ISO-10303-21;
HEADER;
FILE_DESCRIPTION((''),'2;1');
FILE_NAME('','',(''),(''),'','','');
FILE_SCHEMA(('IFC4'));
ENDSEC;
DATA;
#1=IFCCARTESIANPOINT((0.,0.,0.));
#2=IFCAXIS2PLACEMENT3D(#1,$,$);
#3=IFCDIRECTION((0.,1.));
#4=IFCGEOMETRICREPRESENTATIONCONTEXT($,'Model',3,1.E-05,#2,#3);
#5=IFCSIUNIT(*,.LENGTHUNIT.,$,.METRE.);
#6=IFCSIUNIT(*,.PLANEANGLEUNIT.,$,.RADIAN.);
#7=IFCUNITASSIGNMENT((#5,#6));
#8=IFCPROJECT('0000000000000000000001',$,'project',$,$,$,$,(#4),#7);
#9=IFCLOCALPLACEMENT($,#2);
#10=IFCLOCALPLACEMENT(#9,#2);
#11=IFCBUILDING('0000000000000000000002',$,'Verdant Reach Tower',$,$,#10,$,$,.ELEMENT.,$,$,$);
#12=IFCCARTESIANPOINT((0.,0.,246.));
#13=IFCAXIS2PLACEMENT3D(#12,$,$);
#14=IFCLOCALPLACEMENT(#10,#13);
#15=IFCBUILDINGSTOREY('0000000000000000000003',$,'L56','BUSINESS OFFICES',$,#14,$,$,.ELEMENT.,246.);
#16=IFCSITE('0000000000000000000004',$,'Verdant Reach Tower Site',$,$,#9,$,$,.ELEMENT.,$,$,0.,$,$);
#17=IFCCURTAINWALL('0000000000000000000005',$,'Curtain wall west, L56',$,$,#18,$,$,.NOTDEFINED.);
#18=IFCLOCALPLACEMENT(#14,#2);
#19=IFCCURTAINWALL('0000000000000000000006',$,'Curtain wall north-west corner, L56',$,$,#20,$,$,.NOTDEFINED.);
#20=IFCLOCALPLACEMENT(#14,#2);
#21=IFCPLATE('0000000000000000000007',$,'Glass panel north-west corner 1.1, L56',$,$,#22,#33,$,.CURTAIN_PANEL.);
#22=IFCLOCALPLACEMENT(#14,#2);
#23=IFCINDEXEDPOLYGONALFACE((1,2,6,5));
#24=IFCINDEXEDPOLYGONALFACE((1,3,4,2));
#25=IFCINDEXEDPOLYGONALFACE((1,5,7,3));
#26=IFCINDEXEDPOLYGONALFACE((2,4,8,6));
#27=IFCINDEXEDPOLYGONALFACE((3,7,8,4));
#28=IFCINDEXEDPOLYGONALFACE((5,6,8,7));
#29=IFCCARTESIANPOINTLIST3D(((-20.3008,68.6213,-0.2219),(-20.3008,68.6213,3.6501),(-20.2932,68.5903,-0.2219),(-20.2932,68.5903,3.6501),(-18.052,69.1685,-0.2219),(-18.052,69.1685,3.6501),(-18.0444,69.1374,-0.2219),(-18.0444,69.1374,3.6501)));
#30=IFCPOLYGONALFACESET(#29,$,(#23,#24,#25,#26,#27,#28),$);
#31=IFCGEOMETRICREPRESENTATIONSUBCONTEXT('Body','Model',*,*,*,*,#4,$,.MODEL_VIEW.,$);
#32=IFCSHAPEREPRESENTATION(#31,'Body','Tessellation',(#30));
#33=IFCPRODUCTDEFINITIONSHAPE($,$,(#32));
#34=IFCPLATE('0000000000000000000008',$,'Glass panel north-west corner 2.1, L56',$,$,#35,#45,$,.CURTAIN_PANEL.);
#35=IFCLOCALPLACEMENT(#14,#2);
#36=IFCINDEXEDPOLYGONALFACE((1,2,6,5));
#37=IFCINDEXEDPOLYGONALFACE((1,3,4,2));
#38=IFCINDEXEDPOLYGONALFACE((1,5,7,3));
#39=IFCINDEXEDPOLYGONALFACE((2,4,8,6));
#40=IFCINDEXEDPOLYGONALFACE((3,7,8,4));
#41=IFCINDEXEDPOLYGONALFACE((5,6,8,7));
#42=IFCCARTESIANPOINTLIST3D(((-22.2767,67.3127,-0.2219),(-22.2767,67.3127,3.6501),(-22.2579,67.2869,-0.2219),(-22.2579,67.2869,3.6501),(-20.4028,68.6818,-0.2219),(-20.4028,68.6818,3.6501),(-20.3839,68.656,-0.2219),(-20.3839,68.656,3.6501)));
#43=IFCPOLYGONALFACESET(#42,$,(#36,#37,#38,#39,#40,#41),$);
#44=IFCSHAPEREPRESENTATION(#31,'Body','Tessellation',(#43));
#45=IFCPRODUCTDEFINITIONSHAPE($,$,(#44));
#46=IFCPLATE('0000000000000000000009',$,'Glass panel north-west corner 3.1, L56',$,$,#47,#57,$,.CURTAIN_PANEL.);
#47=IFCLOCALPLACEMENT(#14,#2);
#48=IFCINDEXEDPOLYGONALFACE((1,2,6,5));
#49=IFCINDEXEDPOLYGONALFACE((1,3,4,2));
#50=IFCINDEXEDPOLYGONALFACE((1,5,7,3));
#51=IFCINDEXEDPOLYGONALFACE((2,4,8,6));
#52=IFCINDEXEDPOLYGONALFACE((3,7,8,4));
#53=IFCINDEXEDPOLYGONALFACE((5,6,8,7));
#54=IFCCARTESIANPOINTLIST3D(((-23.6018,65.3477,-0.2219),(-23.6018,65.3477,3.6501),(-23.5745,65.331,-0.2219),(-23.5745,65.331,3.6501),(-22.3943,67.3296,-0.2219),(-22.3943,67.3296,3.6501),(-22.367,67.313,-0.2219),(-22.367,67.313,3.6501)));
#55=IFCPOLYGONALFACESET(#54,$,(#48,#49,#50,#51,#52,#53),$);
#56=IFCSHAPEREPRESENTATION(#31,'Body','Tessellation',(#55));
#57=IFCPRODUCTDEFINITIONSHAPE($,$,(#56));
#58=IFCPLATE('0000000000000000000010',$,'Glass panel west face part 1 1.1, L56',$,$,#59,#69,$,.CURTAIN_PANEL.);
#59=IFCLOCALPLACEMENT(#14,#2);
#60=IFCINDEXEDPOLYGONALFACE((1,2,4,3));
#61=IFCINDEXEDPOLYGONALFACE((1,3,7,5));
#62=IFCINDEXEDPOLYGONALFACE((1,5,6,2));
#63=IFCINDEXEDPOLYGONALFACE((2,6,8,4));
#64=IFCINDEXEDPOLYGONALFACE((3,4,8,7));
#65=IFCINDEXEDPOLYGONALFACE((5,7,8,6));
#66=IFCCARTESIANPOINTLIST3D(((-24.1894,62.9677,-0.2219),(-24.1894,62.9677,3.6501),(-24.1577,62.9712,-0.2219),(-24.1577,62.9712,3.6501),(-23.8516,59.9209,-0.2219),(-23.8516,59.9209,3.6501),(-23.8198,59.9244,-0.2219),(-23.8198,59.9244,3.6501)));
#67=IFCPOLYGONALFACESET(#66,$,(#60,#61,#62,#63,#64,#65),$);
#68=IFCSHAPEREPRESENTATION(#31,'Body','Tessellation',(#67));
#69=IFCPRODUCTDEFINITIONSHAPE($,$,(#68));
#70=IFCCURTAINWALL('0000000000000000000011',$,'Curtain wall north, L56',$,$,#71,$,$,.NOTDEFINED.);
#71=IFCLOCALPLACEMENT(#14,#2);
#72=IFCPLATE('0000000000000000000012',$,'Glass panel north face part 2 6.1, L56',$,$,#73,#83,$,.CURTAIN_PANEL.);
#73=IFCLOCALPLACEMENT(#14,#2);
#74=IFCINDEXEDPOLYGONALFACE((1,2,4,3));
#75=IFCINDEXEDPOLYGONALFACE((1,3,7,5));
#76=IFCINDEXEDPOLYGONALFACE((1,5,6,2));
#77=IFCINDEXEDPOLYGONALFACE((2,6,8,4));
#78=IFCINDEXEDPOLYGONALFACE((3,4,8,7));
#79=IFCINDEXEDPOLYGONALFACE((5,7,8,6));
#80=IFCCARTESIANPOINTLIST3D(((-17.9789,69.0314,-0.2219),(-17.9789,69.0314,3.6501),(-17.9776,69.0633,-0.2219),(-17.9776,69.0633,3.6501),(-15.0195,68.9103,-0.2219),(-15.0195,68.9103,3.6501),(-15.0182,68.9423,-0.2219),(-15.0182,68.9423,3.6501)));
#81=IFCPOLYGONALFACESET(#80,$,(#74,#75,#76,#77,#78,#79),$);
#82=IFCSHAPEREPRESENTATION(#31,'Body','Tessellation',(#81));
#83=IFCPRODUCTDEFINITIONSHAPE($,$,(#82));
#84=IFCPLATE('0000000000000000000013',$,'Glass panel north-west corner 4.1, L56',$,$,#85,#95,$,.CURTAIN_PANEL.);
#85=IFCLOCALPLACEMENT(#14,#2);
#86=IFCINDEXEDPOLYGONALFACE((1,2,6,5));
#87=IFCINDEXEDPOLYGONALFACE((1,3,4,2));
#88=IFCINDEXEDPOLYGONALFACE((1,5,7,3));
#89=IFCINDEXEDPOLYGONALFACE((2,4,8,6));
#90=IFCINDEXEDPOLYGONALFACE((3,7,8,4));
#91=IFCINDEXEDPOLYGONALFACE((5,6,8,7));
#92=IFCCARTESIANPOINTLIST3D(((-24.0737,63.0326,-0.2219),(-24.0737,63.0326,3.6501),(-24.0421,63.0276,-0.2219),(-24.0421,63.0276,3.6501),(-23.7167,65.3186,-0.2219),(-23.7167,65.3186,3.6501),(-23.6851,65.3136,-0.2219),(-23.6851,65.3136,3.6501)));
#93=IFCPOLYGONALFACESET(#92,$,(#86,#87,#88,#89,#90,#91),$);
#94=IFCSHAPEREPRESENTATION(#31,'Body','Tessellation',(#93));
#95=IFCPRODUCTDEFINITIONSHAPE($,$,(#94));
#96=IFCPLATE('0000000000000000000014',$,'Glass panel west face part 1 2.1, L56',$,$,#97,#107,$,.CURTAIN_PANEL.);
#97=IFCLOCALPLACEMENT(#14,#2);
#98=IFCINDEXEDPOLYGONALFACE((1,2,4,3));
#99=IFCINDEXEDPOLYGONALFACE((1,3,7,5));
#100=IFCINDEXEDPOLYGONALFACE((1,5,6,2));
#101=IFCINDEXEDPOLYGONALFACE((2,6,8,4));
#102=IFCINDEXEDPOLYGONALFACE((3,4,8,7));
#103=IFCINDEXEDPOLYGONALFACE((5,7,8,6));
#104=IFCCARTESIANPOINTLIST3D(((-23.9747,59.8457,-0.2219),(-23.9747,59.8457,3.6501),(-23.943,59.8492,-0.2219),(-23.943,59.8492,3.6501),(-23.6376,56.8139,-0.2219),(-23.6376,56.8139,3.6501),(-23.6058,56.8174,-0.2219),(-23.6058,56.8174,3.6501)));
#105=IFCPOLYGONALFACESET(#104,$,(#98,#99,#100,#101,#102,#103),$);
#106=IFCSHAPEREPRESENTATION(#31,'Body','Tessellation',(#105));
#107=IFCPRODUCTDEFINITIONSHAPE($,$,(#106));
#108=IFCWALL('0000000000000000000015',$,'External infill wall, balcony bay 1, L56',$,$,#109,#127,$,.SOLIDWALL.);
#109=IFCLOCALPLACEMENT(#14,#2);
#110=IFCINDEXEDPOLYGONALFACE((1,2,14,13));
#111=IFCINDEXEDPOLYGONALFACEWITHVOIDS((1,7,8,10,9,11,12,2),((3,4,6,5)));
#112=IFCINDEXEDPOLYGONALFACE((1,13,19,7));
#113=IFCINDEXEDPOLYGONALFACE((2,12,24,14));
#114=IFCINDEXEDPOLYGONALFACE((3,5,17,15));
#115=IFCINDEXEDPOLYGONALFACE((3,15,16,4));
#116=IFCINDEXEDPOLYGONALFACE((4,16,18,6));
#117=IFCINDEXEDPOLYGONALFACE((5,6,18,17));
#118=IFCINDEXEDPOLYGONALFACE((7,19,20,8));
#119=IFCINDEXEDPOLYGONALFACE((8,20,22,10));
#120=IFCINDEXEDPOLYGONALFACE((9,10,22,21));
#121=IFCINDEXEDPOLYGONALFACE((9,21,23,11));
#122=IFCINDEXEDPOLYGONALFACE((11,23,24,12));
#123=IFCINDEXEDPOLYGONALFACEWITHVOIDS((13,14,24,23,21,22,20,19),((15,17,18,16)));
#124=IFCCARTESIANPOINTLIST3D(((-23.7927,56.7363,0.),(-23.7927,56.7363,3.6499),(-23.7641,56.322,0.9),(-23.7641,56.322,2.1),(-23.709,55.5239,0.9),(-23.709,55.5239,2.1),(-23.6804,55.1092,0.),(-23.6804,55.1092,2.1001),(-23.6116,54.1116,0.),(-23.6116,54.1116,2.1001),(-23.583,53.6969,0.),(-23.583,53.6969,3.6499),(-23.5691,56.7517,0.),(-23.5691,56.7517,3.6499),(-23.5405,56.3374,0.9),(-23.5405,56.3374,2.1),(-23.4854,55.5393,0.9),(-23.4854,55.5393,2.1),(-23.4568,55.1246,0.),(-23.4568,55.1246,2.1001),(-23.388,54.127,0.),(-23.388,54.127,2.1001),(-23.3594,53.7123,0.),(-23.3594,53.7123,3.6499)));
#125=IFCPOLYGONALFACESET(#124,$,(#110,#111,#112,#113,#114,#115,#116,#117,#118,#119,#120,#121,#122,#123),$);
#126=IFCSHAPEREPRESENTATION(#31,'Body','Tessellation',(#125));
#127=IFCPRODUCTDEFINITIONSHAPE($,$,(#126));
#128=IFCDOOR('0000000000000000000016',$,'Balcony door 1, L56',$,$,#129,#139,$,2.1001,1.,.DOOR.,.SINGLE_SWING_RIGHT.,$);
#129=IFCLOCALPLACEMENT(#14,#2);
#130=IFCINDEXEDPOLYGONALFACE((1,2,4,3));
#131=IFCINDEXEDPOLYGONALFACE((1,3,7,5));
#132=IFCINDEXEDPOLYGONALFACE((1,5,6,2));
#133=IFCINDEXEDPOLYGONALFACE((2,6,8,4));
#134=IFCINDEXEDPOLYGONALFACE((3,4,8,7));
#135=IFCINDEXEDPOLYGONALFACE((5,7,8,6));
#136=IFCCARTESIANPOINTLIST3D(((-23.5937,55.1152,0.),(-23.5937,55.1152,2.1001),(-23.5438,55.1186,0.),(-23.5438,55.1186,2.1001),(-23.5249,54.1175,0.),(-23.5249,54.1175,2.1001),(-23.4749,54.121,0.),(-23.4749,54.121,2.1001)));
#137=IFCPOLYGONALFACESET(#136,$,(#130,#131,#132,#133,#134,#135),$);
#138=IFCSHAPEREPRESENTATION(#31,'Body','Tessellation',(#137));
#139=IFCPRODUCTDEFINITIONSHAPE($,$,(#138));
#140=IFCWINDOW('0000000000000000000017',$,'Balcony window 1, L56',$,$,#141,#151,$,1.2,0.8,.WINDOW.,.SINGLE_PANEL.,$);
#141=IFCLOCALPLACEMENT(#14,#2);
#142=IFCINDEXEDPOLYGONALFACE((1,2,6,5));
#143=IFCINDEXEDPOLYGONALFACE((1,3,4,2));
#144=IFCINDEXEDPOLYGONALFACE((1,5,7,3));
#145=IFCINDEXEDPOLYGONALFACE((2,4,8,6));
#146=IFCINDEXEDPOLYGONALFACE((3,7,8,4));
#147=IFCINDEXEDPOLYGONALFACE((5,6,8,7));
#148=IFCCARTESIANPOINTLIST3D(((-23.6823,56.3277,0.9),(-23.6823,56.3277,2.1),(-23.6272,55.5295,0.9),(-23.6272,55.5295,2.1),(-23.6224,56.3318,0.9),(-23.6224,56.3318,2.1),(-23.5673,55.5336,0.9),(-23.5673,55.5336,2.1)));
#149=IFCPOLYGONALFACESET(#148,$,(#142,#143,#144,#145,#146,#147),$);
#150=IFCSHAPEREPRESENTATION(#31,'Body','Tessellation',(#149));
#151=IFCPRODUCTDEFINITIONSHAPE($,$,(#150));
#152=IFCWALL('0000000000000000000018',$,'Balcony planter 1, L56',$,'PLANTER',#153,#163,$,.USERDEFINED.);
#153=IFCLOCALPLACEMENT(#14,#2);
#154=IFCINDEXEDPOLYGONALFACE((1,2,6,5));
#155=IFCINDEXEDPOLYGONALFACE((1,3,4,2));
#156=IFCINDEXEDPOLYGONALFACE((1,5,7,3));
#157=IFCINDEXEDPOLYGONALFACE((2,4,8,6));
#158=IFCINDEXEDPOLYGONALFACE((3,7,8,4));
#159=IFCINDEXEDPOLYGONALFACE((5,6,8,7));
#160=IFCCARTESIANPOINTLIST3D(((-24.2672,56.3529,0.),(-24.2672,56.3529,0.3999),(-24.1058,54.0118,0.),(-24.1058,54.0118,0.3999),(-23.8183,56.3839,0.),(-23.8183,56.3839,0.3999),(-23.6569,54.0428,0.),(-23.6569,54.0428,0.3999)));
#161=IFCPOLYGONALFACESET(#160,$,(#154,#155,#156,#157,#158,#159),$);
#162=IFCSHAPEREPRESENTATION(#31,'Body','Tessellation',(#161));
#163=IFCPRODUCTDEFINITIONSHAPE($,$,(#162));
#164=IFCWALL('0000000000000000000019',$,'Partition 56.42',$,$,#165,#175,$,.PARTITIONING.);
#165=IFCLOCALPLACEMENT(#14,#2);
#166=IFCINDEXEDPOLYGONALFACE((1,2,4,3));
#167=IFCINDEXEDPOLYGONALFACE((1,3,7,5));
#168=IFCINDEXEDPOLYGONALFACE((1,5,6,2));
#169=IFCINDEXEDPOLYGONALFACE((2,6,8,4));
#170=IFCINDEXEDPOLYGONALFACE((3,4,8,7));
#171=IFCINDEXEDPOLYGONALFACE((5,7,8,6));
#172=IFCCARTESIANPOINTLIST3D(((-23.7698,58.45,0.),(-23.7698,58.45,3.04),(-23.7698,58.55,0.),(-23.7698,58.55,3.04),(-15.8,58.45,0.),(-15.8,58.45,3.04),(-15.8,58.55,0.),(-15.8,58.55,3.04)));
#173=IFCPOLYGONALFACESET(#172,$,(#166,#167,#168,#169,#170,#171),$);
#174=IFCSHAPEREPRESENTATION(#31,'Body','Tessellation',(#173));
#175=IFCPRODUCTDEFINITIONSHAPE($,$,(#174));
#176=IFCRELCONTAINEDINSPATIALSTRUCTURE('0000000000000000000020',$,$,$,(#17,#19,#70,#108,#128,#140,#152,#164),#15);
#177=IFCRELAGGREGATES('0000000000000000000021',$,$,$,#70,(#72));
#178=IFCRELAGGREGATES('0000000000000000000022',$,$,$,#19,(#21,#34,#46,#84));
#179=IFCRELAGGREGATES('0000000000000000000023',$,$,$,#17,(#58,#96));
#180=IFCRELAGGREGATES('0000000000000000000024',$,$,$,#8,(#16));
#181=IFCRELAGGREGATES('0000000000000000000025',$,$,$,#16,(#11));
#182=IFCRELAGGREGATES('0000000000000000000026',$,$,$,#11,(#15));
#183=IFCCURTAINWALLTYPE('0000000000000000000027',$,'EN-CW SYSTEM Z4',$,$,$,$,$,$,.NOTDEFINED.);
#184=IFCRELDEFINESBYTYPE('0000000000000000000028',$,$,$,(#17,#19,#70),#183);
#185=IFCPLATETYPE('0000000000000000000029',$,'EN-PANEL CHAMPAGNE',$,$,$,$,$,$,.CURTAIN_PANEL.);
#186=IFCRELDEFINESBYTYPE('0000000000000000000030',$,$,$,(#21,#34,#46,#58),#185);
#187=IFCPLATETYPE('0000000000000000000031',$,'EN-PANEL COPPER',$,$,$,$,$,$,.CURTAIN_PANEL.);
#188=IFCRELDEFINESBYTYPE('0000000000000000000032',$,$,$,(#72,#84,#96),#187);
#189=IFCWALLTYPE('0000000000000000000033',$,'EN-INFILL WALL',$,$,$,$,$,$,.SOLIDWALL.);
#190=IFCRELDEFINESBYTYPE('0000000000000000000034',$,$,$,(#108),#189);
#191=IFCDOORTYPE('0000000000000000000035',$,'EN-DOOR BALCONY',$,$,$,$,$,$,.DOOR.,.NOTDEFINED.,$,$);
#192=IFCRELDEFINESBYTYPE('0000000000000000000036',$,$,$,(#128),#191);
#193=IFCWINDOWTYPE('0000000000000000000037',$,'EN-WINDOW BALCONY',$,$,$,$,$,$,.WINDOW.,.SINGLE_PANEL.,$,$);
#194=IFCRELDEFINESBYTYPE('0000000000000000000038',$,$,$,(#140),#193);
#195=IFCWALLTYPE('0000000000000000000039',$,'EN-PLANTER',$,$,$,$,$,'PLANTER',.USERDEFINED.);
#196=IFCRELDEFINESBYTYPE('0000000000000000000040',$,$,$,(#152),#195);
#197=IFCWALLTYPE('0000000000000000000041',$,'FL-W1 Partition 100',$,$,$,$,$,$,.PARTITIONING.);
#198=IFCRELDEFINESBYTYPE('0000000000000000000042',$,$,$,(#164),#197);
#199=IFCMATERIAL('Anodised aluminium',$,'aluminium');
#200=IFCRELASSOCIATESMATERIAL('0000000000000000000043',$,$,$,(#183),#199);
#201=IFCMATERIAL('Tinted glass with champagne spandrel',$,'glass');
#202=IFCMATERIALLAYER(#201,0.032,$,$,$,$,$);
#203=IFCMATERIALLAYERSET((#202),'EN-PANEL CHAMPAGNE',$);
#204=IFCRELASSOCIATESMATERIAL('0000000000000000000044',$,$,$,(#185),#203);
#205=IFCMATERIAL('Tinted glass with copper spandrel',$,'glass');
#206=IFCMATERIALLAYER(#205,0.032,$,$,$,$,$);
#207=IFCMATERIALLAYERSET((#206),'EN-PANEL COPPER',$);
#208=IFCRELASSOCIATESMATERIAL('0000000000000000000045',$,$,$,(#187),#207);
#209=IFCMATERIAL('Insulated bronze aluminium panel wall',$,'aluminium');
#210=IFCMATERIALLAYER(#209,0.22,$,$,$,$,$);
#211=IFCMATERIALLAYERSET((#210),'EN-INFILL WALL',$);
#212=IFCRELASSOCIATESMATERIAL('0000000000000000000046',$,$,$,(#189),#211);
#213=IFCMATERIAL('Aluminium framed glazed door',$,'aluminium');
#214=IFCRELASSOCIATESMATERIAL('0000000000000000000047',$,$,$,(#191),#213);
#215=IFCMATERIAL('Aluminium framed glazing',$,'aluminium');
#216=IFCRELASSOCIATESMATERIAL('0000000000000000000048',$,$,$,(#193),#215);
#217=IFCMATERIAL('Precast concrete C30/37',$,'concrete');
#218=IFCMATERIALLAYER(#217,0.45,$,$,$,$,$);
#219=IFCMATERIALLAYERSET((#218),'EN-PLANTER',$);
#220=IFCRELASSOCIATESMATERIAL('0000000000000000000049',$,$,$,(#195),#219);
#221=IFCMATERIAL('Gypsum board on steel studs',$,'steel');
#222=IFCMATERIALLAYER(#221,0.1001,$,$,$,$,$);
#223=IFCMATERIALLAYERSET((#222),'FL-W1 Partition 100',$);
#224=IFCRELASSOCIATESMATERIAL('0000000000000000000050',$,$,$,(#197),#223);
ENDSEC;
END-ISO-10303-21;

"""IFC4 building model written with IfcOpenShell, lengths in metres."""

from ifc_helpers import new_model, si_unit, direction, frame, frame_2d, origin, origin_2d, place, context, subcontext, project, spatial, rectangle, extrude, material, layer, layer_set, type_object, element, fill, aggregate, save


model = new_model("IFC4")

# Units and contexts
model_context = context("Model", 3, precision=1e-05, world=origin(), true_north=direction((0.0, 1.0)))
body_context = subcontext(model_context, "Body", "Model", "MODEL_VIEW")
ifc_project = project(units=[si_unit("LENGTHUNIT", "METRE"), si_unit("PLANEANGLEUNIT", "RADIAN")], contexts=[model_context])

# Site, building, storey
site_placement = place(None, origin())
site = spatial("IfcSite", under=ifc_project, at=site_placement, Name="Verdant Reach Tower Site", CompositionType="ELEMENT", RefElevation=0.0)
building_placement = place(site_placement, origin())
building = spatial("IfcBuilding", under=site, at=building_placement, Name="Verdant Reach Tower", CompositionType="ELEMENT")
storey_placement = place(building_placement, frame((0.0, 0.0, 246.0)))
storey = spatial("IfcBuildingStorey", under=building, at=storey_placement, Name="L56", Description="BUSINESS OFFICES", CompositionType="ELEMENT", Elevation=246.0)

# Curtain wall
ifc_material_1 = material(Name="Anodised aluminium", Category="aluminium")
curtain_wall_type = type_object("IfcCurtainWallType", Name="EN-CW SYSTEM Z4", PredefinedType="NOTDEFINED", material=ifc_material_1)
curtain_wall_1_placement = place(storey_placement, origin())
curtain_wall_1 = element("IfcCurtainWall", 1, at=curtain_wall_1_placement, inside=storey, type_object=curtain_wall_type, Name="Curtain wall west, L56", PredefinedType="NOTDEFINED")

# Curtain wall, plates
curtain_wall_2_placement = place(storey_placement, origin())
curtain_wall_2 = element("IfcCurtainWall", 2, at=curtain_wall_2_placement, inside=storey, type_object=curtain_wall_type, Name="Curtain wall north-west corner, L56", PredefinedType="NOTDEFINED")
ifc_material_2 = material(Name="Tinted glass with champagne spandrel", Category="glass")
ifc_layer_1 = layer(ifc_material_2, 0.032)
ifc_layer_set_1 = layer_set([ifc_layer_1], Name="EN-PANEL CHAMPAGNE")
plate_type_1 = type_object("IfcPlateType", Name="EN-PANEL CHAMPAGNE", PredefinedType="CURTAIN_PANEL", material=ifc_layer_set_1)
plate_1_placement = place(storey_placement, frame((-19.1726, 68.8794, -0.2219), z_axis=(0.0, 0.0, 1.0), x_axis=(-0.971652, -0.236414, 0.0)))
plate_1 = element("IfcPlate", 3, at=plate_1_placement, type_object=plate_type_1, Name="Glass panel north-west corner 1.1, L56", PredefinedType="CURTAIN_PANEL", context=body_context, shape_type="SweptSolid", body=[
    extrude(rectangle(XDim=2.3145, YDim=0.032, at=origin_2d()), origin(), (0.0, 0.0, 1.0), 3.8721),
])
plate_2_placement = place(storey_placement, frame((-21.3303, 67.9844, -0.2219), z_axis=(0.0, 0.0, 1.0), x_axis=(-0.807457, -0.589927, 0.0)))
plate_2 = element("IfcPlate", 4, at=plate_2_placement, type_object=plate_type_1, Name="Glass panel north-west corner 2.1, L56", PredefinedType="CURTAIN_PANEL", context=body_context, shape_type="SweptSolid", body=[
    extrude(rectangle(XDim=2.3208, YDim=0.032, at=origin_2d()), origin(), (0.0, 0.0, 1.0), 3.8721),
])
plate_3_placement = place(storey_placement, frame((-22.9844, 66.3303, -0.2219), z_axis=(0.0, 0.0, 1.0), x_axis=(-0.520292, -0.853989, 0.0)))
plate_3 = element("IfcPlate", 5, at=plate_3_placement, type_object=plate_type_1, Name="Glass panel north-west corner 3.1, L56", PredefinedType="CURTAIN_PANEL", context=body_context, shape_type="SweptSolid", body=[
    extrude(rectangle(XDim=2.3208, YDim=0.032, at=origin_2d()), origin(), (0.0, 0.0, 1.0), 3.8721),
])

# Plate
plate_4_placement = place(storey_placement, frame((-24.0046, 61.446, -0.2219), z_axis=(0.0, 0.0, 1.0), x_axis=(0.110206, -0.993909, 0.0)))
plate_4 = element("IfcPlate", 6, at=plate_4_placement, type_object=plate_type_1, Name="Glass panel west face part 1 1.1, L56", PredefinedType="CURTAIN_PANEL", context=body_context, shape_type="SweptSolid", body=[
    extrude(rectangle(XDim=3.0654, YDim=0.032, at=origin_2d()), origin(), (0.0, 0.0, 1.0), 3.8721),
])

# Curtain wall, plate
curtain_wall_3_placement = place(storey_placement, origin())
curtain_wall_3 = element("IfcCurtainWall", 7, at=curtain_wall_3_placement, inside=storey, type_object=curtain_wall_type, Name="Curtain wall north, L56", PredefinedType="NOTDEFINED")
ifc_material_3 = material(Name="Tinted glass with copper spandrel", Category="glass")
ifc_layer_2 = layer(ifc_material_3, 0.032)
ifc_layer_set_2 = layer_set([ifc_layer_2], Name="EN-PANEL COPPER")
plate_type_2 = type_object("IfcPlateType", Name="EN-PANEL COPPER", PredefinedType="CURTAIN_PANEL", material=ifc_layer_set_2)
plate_5_placement = place(storey_placement, frame((-16.4985, 68.9868, -0.2219), z_axis=(0.0, 0.0, 1.0), x_axis=(-0.999164, 0.040881, 0.0)))
plate_5 = element("IfcPlate", 8, at=plate_5_placement, type_object=plate_type_2, Name="Glass panel north face part 2 6.1, L56", PredefinedType="CURTAIN_PANEL", context=body_context, shape_type="SweptSolid", body=[
    extrude(rectangle(XDim=2.9619, YDim=0.032, at=origin_2d()), origin(), (0.0, 0.0, 1.0), 3.8721),
])
aggregate(curtain_wall_3, [plate_5])

# Plates
plate_6_placement = place(storey_placement, frame((-23.8794, 64.1731, -0.2219), z_axis=(0.0, 0.0, 1.0), x_axis=(-0.154325, -0.98802, 0.0)))
plate_6 = element("IfcPlate", 9, at=plate_6_placement, type_object=plate_type_2, Name="Glass panel north-west corner 4.1, L56", PredefinedType="CURTAIN_PANEL", context=body_context, shape_type="SweptSolid", body=[
    extrude(rectangle(XDim=2.3137, YDim=0.032, at=origin_2d()), origin(), (0.0, 0.0, 1.0), 3.8721),
])
aggregate(curtain_wall_2, [plate_1, plate_2, plate_3, plate_6])
plate_7_placement = place(storey_placement, frame((-23.7903, 58.3315, -0.2219), z_axis=(0.0, 0.0, 1.0), x_axis=(0.110518, -0.993874, 0.0)))
plate_7 = element("IfcPlate", 10, at=plate_7_placement, type_object=plate_type_2, Name="Glass panel west face part 1 2.1, L56", PredefinedType="CURTAIN_PANEL", context=body_context, shape_type="SweptSolid", body=[
    extrude(rectangle(XDim=3.0505, YDim=0.032, at=origin_2d()), origin(), (0.0, 0.0, 1.0), 3.8721),
])
aggregate(curtain_wall_1, [plate_4, plate_7])

# Wall, openings, door, window
ifc_material_4 = material(Name="Insulated bronze aluminium panel wall", Category="aluminium")
ifc_layer_3 = layer(ifc_material_4, 0.22)
ifc_layer_set_3 = layer_set([ifc_layer_3], Name="EN-INFILL WALL")
wall_type_1 = type_object("IfcWallType", Name="EN-INFILL WALL", PredefinedType="SOLIDWALL", material=ifc_layer_set_3)
wall_1_placement = place(storey_placement, frame((-23.6809, 56.7441, 0.0), z_axis=(0.0, 0.0, 1.0), x_axis=(0.068838, -0.997628, 0.0)))
wall_1 = element("IfcWall", 11, at=wall_1_placement, inside=storey, type_object=wall_type_1, Name="External infill wall, balcony bay 1, L56", PredefinedType="SOLIDWALL", context=body_context, shape_type="SweptSolid", body=[
    extrude(rectangle(XDim=3.0466, YDim=0.2241, at=frame_2d((1.5234, 0.0))), origin(), (0.0, 0.0, 1.0), 3.6499),
])
opening_1_placement = place(wall_1_placement, frame((1.6311, 0.0, 0.0)))
opening_1 = element("IfcOpeningElement", 12, at=opening_1_placement, cuts=wall_1, PredefinedType="OPENING", context=body_context, shape_type="SweptSolid", body=[
    extrude(rectangle(XDim=1.0, YDim=2.1001, at=frame_2d((0.5, 1.05))), frame((0.0, 0.1221, 0.0), z_axis=(0.0, -1.0, 0.0), x_axis=(1.0, 0.0, 0.0)), (0.0, 0.0, 1.0), 0.2441),
])
opening_2_placement = place(wall_1_placement, frame((0.4155, 0.0, 0.8999)))
opening_2 = element("IfcOpeningElement", 13, at=opening_2_placement, cuts=wall_1, PredefinedType="OPENING", context=body_context, shape_type="SweptSolid", body=[
    extrude(rectangle(XDim=0.8, YDim=1.2, at=frame_2d((0.3999, 0.6001))), frame((0.0, 0.1221, 0.0), z_axis=(0.0, -1.0, 0.0), x_axis=(1.0, 0.0, 0.0)), (0.0, 0.0, 1.0), 0.2441),
])
ifc_material_5 = material(Name="Aluminium framed glazed door", Category="aluminium")
door_type_1 = type_object("IfcDoorType", Name="EN-DOOR BALCONY", OperationType="NOTDEFINED", PredefinedType="DOOR", material=ifc_material_5)
door_1_placement = place(opening_1_placement, origin())
door_1 = element("IfcDoor", 14, at=door_1_placement, inside=storey, type_object=door_type_1, Name="Balcony door 1, L56", OperationType="SINGLE_SWING_RIGHT", OverallHeight=2.1001, OverallWidth=1.0, PredefinedType="DOOR", context=body_context, shape_type="SweptSolid", body=[
    extrude(rectangle(XDim=1.0, YDim=2.1001, at=frame_2d((0.5, 1.05))), frame((0.0, 0.0249, 0.0), z_axis=(0.0, -1.0, 0.0), x_axis=(1.0, 0.0, 0.0)), (0.0, 0.0, 1.0), 0.05),
])
fill(opening_1, door_1)
ifc_material_6 = material(Name="Aluminium framed glazing", Category="aluminium")
window_type = type_object("IfcWindowType", Name="EN-WINDOW BALCONY", PartitioningType="SINGLE_PANEL", PredefinedType="WINDOW", material=ifc_material_6)
window_placement = place(opening_2_placement, origin())
window = element("IfcWindow", 15, at=window_placement, inside=storey, type_object=window_type, Name="Balcony window 1, L56", OverallHeight=1.2, OverallWidth=0.8, PartitioningType="SINGLE_PANEL", PredefinedType="WINDOW", context=body_context, shape_type="SweptSolid", body=[
    extrude(rectangle(XDim=0.8, YDim=1.2, at=frame_2d((0.3999, 0.6001))), frame((0.0, 0.03, 0.0), z_axis=(0.0, -1.0, 0.0), x_axis=(1.0, 0.0, 0.0)), (0.0, 0.0, 1.0), 0.0601),
])
fill(opening_2, window)

# Walls
ifc_material_7 = material(Name="Precast concrete C30/37", Category="concrete")
ifc_layer_4 = layer(ifc_material_7, 0.45)
ifc_layer_set_4 = layer_set([ifc_layer_4], Name="EN-PLANTER")
wall_type_2 = type_object("IfcWallType", Name="EN-PLANTER", ElementType="PLANTER", PredefinedType="USERDEFINED", material=ifc_layer_set_4)
wall_2_placement = place(storey_placement, frame((-24.0427, 56.3684, 0.0), z_axis=(0.0, 0.0, 1.0), x_axis=(0.06877, -0.997633, 0.0)))
element("IfcWall", 16, at=wall_2_placement, inside=storey, type_object=wall_type_2, Name="Balcony planter 1, L56", ObjectType="PLANTER", PredefinedType="USERDEFINED", context=body_context, shape_type="SweptSolid", body=[
    extrude(rectangle(XDim=2.3467, YDim=0.45, at=frame_2d((1.1733, 0.0))), origin(), (0.0, 0.0, 1.0), 0.3999),
])
ifc_material_8 = material(Name="Gypsum board on steel studs", Category="steel")
ifc_layer_5 = layer(ifc_material_8, 0.1001)
ifc_layer_set_5 = layer_set([ifc_layer_5], Name="FL-W1 Partition 100")
wall_type_3 = type_object("IfcWallType", Name="FL-W1 Partition 100", PredefinedType="PARTITIONING", material=ifc_layer_set_5)
wall_3_placement = place(storey_placement, frame((-15.8, 58.5, 0.0), z_axis=(0.0, 0.0, 1.0), x_axis=(-1.0, 0.0, 0.0)))
element("IfcWall", 17, at=wall_3_placement, inside=storey, type_object=wall_type_3, Name="Partition 56.42", PredefinedType="PARTITIONING", context=body_context, shape_type="SweptSolid", body=[
    extrude(rectangle(XDim=7.9697, YDim=0.1001, at=frame_2d((3.9849, 0.0))), origin(), (0.0, 0.0, 1.0), 3.04),
])

save(model, "model.ifc")
